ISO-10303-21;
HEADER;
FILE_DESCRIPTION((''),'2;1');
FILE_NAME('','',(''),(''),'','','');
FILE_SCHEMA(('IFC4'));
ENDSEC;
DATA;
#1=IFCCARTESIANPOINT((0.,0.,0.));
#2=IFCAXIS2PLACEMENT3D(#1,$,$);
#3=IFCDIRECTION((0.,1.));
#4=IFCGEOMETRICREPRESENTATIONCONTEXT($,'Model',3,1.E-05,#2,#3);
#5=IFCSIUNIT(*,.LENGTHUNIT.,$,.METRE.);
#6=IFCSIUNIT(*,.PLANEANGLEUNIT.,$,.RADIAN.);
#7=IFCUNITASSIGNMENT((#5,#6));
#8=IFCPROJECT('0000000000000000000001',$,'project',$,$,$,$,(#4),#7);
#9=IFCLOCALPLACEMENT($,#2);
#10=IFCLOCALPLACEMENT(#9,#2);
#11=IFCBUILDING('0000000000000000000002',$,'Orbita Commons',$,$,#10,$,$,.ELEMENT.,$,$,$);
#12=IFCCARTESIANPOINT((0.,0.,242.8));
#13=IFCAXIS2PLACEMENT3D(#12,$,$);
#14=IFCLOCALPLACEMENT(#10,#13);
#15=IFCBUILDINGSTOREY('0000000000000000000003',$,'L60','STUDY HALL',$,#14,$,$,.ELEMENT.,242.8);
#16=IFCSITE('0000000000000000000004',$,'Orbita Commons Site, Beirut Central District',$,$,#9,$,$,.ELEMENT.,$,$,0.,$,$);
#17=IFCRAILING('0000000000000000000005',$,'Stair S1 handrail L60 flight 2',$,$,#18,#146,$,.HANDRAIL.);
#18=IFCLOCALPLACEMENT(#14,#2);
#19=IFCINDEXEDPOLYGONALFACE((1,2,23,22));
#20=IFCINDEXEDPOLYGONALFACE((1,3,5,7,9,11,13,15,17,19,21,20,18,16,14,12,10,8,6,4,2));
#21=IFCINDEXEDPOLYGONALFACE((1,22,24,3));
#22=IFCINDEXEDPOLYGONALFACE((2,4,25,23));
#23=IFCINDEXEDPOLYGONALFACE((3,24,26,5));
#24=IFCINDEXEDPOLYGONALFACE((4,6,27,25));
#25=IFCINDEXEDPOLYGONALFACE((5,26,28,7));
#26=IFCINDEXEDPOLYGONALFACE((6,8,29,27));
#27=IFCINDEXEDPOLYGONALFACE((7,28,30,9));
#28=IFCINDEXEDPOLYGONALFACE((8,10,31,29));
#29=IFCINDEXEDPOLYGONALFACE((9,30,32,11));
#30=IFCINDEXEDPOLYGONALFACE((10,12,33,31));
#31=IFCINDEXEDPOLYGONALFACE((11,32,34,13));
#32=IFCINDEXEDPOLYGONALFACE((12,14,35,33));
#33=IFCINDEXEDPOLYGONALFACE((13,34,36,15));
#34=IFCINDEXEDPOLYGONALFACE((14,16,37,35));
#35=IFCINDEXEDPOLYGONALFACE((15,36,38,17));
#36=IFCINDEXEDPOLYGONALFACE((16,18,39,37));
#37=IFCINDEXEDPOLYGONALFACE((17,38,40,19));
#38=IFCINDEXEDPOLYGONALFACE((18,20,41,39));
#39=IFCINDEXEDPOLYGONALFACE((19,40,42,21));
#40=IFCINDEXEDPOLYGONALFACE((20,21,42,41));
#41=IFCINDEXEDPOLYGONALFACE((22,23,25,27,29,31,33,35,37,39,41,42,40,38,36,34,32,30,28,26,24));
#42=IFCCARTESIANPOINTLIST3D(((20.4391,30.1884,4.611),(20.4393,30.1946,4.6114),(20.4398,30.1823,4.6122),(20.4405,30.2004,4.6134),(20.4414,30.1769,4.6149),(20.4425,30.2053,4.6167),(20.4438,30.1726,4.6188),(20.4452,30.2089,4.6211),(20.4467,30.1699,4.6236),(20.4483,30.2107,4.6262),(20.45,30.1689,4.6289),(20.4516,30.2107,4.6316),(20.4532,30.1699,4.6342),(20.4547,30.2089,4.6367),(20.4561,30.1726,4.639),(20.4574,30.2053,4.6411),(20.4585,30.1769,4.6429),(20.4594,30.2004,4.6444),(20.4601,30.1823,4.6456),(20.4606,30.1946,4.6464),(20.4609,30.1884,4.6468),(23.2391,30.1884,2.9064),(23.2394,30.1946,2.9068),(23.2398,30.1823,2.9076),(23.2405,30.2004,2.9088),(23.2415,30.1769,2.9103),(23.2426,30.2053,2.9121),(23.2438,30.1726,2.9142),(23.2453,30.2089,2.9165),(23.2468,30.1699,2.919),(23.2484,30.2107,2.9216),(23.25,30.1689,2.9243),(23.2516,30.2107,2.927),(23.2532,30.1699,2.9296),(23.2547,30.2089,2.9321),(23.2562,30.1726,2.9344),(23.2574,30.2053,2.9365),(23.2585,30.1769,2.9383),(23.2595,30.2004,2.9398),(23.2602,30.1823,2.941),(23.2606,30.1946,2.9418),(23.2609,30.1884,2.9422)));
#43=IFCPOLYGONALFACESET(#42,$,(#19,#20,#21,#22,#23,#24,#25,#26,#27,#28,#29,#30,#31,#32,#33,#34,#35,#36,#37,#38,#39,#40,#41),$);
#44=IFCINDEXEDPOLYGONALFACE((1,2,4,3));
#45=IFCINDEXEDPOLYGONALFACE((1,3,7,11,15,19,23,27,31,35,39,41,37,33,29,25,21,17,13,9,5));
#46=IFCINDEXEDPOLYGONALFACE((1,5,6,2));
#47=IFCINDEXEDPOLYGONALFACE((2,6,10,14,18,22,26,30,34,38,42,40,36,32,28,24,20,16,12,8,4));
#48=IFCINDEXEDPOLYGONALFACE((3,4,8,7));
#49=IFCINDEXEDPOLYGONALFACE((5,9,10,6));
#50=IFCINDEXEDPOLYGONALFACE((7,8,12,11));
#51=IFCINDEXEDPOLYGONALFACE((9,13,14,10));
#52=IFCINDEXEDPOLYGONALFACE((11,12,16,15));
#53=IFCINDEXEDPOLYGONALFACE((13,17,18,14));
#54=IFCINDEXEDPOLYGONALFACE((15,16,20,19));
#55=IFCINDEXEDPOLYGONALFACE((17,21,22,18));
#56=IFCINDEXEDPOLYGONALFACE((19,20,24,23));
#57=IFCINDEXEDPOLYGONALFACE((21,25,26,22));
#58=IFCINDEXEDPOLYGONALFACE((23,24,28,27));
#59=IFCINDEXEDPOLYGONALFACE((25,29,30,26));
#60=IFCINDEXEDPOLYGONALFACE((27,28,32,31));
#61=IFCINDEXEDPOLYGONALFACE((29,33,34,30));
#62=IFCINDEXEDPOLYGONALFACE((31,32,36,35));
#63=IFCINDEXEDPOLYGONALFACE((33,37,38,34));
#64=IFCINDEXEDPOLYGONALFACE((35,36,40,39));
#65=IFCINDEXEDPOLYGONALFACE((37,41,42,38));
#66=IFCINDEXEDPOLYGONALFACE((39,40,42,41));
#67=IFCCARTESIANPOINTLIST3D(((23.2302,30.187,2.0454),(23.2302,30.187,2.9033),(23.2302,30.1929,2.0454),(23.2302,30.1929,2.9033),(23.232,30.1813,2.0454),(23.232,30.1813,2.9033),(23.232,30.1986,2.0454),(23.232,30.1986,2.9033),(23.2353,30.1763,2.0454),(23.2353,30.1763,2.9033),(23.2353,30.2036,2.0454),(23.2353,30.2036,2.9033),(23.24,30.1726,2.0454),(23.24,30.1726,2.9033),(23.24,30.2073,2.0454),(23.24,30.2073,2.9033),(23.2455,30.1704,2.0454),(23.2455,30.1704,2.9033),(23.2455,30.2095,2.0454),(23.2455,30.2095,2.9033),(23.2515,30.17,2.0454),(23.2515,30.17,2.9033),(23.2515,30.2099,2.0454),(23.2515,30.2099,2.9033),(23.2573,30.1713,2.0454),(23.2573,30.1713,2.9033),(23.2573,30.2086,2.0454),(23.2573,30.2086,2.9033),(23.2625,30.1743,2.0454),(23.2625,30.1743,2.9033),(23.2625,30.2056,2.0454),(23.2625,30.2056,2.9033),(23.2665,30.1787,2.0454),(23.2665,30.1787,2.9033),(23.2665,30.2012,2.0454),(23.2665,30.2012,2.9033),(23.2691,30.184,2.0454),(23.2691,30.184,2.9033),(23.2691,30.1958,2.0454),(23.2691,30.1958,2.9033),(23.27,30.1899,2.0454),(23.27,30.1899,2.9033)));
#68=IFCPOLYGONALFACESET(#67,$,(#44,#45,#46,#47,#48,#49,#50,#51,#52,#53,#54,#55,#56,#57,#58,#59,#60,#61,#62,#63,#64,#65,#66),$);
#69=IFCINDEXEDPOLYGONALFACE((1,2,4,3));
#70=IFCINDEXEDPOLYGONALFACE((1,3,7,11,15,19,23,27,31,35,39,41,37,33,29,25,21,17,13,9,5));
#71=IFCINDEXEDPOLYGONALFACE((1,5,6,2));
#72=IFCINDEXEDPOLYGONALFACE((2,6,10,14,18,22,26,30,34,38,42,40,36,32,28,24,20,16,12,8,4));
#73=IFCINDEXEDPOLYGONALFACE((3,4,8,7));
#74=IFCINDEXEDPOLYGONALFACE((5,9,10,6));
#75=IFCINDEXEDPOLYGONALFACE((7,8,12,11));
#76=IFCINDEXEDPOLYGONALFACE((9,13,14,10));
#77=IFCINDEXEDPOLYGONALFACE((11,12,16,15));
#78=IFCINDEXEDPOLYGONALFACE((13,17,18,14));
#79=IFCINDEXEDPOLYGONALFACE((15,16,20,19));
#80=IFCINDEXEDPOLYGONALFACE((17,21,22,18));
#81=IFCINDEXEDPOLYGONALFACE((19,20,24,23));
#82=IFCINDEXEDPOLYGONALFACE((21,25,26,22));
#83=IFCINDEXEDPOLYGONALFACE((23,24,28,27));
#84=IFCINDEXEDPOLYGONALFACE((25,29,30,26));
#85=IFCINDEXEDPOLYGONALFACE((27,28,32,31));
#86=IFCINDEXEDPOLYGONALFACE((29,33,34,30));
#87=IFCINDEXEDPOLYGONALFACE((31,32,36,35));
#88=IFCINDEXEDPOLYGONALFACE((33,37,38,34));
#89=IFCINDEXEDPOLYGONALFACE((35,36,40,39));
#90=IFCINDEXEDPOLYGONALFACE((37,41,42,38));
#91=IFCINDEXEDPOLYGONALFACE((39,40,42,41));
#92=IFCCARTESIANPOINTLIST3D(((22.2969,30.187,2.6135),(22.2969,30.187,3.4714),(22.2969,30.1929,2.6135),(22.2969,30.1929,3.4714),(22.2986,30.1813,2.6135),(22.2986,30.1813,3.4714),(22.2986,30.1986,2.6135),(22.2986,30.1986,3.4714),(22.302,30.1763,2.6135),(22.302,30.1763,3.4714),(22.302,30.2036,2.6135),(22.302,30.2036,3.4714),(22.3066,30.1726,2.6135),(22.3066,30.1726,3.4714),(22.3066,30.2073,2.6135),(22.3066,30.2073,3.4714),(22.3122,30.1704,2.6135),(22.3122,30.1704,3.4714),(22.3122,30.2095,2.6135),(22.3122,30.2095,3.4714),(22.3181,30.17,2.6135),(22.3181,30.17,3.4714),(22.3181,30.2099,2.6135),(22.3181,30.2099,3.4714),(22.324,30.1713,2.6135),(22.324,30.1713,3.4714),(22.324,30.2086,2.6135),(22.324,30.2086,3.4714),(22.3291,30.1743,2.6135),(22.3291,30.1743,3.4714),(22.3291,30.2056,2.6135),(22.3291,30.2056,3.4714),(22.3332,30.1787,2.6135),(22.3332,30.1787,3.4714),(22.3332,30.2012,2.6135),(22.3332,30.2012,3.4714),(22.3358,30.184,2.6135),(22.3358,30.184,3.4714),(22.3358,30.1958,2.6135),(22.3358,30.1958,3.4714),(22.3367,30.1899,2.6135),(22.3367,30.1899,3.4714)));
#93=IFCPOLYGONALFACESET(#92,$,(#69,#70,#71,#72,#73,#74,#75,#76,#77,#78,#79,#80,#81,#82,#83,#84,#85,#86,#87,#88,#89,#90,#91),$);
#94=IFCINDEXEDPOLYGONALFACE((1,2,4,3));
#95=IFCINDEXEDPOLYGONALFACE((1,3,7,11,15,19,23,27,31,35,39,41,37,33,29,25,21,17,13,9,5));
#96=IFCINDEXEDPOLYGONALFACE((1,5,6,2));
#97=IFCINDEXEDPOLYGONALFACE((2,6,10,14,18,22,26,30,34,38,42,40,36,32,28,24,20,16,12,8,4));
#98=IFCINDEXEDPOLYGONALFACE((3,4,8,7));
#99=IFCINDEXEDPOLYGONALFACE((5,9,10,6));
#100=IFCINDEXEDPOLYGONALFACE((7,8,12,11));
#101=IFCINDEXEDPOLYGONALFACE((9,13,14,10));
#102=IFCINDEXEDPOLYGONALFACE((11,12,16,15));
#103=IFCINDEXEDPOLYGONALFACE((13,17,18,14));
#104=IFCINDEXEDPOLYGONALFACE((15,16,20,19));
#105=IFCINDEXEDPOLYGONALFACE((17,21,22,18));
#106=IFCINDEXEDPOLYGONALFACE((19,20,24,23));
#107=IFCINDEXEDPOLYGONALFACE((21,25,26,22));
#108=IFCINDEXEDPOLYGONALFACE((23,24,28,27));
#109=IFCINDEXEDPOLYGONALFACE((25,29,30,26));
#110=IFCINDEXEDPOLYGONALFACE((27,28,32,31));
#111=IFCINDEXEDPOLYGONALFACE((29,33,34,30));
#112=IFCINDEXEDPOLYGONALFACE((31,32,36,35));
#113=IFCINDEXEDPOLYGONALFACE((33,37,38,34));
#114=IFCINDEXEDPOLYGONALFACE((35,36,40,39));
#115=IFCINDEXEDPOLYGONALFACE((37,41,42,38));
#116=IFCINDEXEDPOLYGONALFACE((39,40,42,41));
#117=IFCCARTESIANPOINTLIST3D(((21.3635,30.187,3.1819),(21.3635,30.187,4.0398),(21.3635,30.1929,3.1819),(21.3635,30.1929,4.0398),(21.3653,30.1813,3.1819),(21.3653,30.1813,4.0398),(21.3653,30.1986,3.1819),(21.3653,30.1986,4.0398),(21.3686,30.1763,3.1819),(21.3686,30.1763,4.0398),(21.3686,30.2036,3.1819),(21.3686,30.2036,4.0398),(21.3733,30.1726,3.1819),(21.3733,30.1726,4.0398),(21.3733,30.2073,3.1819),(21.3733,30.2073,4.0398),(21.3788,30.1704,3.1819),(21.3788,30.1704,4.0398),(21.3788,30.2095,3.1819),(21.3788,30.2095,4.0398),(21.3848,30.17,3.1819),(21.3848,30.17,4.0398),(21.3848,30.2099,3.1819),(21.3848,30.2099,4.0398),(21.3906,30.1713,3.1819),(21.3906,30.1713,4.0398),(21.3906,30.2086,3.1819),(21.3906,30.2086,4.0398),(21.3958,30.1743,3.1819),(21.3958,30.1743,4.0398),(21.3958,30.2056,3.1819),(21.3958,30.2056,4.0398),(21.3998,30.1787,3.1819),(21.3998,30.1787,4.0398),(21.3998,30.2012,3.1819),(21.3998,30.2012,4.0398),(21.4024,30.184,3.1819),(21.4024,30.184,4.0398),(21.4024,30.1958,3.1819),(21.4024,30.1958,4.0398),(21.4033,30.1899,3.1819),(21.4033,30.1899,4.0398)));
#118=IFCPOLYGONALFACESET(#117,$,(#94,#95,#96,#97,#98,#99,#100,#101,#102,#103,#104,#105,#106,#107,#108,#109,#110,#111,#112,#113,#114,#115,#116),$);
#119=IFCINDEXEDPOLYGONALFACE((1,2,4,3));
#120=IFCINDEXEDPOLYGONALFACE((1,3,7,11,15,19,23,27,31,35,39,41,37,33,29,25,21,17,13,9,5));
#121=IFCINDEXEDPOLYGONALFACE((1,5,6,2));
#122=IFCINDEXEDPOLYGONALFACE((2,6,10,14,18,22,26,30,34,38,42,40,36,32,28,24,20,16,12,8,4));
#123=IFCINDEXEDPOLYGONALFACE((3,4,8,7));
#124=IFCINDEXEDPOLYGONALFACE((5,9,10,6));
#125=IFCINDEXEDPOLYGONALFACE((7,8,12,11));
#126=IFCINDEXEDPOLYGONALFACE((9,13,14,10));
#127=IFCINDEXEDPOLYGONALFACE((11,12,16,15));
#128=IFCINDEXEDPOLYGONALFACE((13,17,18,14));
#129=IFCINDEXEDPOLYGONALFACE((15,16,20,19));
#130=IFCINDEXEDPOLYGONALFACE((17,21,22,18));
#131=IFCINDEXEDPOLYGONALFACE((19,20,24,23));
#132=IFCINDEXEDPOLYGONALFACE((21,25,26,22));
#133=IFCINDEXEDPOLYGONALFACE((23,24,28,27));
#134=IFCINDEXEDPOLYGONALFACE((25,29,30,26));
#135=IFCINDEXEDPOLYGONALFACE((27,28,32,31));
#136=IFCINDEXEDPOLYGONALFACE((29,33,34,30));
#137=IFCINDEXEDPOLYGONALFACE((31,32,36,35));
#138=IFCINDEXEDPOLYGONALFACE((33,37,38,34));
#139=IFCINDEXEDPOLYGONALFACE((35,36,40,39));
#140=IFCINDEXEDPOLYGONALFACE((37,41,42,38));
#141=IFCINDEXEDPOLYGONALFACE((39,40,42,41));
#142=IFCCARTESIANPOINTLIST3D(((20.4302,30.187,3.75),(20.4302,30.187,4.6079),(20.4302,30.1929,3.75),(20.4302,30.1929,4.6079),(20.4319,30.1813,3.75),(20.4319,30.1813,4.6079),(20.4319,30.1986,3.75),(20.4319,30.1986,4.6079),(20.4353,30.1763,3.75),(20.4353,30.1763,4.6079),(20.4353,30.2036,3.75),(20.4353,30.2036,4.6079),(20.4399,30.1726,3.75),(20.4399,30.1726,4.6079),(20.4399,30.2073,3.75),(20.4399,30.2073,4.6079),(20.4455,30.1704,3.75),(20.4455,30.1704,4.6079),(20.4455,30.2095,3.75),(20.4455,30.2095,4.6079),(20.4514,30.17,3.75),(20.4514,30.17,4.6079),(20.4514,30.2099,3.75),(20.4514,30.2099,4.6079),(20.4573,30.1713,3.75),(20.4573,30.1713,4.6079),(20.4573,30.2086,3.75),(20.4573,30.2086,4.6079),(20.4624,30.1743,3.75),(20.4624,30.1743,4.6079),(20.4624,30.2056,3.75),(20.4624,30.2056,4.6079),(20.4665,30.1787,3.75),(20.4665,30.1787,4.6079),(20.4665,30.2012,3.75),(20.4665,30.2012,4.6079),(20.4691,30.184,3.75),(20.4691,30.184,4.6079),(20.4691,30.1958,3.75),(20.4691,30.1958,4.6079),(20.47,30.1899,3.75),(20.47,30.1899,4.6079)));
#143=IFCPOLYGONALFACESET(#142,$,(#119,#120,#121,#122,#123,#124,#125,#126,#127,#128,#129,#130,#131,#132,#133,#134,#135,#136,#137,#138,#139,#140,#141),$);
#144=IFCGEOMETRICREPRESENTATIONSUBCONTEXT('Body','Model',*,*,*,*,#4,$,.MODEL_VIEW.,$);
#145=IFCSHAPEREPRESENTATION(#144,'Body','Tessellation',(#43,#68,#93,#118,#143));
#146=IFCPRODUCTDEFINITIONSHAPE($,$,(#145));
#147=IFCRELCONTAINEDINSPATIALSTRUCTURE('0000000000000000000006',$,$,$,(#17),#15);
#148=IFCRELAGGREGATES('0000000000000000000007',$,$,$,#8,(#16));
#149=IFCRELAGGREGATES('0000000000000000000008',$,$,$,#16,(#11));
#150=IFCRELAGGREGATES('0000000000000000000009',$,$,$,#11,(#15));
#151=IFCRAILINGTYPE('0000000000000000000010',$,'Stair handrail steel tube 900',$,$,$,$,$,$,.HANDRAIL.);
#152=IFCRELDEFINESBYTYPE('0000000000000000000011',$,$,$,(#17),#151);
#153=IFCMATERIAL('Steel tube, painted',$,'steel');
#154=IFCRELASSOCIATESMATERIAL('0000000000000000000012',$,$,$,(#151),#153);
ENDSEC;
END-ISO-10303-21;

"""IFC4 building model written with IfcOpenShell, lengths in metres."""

from ifc_helpers import new_model, si_unit, direction, frame, origin, origin_2d, place, context, subcontext, project, spatial, circle, extrude, material, type_object, element, save


model = new_model("IFC4")

# Units and contexts
model_context = context("Model", 3, precision=1e-05, world=origin(), true_north=direction((0.0, 1.0)))
body_context = subcontext(model_context, "Body", "Model", "MODEL_VIEW")
ifc_project = project(units=[si_unit("LENGTHUNIT", "METRE"), si_unit("PLANEANGLEUNIT", "RADIAN")], contexts=[model_context])

# Site, building, storey
site_placement = place(None, origin())
site = spatial("IfcSite", under=ifc_project, at=site_placement, Name="Orbita Commons Site, Beirut Central District", CompositionType="ELEMENT", RefElevation=0.0)
building_placement = place(site_placement, origin())
building = spatial("IfcBuilding", under=site, at=building_placement, Name="Orbita Commons", CompositionType="ELEMENT")
storey_placement = place(building_placement, frame((0.0, 0.0, 242.8)))
storey = spatial("IfcBuildingStorey", under=building, at=storey_placement, Name="L60", Description="STUDY HALL", CompositionType="ELEMENT", Elevation=242.8)

# Railing
ifc_material_1 = material(Name="Steel tube, painted", Category="steel")
railing_type = type_object("IfcRailingType", Name="Stair handrail steel tube 900", PredefinedType="HANDRAIL", material=ifc_material_1)
for number, where, name in (
    (1, (23.25, 30.1899, 2.0454), "Stair S1 handrail L60 flight 2"),
):
    element("IfcRailing", number, at=place(storey_placement, frame(where)), inside=storey, type_object=railing_type, Name=name, PredefinedType="HANDRAIL", context=body_context, shape_type="SweptSolid", body=[
        extrude(circle(Radius=0.021, at=origin_2d()), frame((0.0, 0.0, 0.8789), z_axis=(-0.85417, 0.0, 0.519994), x_axis=(0.0, -1.0, 0.0)), (0.0, 0.0, 1.0), 3.2781),
        extrude(circle(Radius=0.02, at=origin_2d()), origin(), (0.0, 0.0, 1.0), 0.8579),
        extrude(circle(Radius=0.02, at=origin_2d()), frame((-0.9333, 0.0, 0.5681)), (0.0, 0.0, 1.0), 0.8579),
        extrude(circle(Radius=0.02, at=origin_2d()), frame((-1.8667, 0.0, 1.1365)), (0.0, 0.0, 1.0), 0.8579),
        extrude(circle(Radius=0.02, at=origin_2d()), frame((-2.8, 0.0, 1.7046)), (0.0, 0.0, 1.0), 0.8579),
    ])

save(model, "model.ifc")
